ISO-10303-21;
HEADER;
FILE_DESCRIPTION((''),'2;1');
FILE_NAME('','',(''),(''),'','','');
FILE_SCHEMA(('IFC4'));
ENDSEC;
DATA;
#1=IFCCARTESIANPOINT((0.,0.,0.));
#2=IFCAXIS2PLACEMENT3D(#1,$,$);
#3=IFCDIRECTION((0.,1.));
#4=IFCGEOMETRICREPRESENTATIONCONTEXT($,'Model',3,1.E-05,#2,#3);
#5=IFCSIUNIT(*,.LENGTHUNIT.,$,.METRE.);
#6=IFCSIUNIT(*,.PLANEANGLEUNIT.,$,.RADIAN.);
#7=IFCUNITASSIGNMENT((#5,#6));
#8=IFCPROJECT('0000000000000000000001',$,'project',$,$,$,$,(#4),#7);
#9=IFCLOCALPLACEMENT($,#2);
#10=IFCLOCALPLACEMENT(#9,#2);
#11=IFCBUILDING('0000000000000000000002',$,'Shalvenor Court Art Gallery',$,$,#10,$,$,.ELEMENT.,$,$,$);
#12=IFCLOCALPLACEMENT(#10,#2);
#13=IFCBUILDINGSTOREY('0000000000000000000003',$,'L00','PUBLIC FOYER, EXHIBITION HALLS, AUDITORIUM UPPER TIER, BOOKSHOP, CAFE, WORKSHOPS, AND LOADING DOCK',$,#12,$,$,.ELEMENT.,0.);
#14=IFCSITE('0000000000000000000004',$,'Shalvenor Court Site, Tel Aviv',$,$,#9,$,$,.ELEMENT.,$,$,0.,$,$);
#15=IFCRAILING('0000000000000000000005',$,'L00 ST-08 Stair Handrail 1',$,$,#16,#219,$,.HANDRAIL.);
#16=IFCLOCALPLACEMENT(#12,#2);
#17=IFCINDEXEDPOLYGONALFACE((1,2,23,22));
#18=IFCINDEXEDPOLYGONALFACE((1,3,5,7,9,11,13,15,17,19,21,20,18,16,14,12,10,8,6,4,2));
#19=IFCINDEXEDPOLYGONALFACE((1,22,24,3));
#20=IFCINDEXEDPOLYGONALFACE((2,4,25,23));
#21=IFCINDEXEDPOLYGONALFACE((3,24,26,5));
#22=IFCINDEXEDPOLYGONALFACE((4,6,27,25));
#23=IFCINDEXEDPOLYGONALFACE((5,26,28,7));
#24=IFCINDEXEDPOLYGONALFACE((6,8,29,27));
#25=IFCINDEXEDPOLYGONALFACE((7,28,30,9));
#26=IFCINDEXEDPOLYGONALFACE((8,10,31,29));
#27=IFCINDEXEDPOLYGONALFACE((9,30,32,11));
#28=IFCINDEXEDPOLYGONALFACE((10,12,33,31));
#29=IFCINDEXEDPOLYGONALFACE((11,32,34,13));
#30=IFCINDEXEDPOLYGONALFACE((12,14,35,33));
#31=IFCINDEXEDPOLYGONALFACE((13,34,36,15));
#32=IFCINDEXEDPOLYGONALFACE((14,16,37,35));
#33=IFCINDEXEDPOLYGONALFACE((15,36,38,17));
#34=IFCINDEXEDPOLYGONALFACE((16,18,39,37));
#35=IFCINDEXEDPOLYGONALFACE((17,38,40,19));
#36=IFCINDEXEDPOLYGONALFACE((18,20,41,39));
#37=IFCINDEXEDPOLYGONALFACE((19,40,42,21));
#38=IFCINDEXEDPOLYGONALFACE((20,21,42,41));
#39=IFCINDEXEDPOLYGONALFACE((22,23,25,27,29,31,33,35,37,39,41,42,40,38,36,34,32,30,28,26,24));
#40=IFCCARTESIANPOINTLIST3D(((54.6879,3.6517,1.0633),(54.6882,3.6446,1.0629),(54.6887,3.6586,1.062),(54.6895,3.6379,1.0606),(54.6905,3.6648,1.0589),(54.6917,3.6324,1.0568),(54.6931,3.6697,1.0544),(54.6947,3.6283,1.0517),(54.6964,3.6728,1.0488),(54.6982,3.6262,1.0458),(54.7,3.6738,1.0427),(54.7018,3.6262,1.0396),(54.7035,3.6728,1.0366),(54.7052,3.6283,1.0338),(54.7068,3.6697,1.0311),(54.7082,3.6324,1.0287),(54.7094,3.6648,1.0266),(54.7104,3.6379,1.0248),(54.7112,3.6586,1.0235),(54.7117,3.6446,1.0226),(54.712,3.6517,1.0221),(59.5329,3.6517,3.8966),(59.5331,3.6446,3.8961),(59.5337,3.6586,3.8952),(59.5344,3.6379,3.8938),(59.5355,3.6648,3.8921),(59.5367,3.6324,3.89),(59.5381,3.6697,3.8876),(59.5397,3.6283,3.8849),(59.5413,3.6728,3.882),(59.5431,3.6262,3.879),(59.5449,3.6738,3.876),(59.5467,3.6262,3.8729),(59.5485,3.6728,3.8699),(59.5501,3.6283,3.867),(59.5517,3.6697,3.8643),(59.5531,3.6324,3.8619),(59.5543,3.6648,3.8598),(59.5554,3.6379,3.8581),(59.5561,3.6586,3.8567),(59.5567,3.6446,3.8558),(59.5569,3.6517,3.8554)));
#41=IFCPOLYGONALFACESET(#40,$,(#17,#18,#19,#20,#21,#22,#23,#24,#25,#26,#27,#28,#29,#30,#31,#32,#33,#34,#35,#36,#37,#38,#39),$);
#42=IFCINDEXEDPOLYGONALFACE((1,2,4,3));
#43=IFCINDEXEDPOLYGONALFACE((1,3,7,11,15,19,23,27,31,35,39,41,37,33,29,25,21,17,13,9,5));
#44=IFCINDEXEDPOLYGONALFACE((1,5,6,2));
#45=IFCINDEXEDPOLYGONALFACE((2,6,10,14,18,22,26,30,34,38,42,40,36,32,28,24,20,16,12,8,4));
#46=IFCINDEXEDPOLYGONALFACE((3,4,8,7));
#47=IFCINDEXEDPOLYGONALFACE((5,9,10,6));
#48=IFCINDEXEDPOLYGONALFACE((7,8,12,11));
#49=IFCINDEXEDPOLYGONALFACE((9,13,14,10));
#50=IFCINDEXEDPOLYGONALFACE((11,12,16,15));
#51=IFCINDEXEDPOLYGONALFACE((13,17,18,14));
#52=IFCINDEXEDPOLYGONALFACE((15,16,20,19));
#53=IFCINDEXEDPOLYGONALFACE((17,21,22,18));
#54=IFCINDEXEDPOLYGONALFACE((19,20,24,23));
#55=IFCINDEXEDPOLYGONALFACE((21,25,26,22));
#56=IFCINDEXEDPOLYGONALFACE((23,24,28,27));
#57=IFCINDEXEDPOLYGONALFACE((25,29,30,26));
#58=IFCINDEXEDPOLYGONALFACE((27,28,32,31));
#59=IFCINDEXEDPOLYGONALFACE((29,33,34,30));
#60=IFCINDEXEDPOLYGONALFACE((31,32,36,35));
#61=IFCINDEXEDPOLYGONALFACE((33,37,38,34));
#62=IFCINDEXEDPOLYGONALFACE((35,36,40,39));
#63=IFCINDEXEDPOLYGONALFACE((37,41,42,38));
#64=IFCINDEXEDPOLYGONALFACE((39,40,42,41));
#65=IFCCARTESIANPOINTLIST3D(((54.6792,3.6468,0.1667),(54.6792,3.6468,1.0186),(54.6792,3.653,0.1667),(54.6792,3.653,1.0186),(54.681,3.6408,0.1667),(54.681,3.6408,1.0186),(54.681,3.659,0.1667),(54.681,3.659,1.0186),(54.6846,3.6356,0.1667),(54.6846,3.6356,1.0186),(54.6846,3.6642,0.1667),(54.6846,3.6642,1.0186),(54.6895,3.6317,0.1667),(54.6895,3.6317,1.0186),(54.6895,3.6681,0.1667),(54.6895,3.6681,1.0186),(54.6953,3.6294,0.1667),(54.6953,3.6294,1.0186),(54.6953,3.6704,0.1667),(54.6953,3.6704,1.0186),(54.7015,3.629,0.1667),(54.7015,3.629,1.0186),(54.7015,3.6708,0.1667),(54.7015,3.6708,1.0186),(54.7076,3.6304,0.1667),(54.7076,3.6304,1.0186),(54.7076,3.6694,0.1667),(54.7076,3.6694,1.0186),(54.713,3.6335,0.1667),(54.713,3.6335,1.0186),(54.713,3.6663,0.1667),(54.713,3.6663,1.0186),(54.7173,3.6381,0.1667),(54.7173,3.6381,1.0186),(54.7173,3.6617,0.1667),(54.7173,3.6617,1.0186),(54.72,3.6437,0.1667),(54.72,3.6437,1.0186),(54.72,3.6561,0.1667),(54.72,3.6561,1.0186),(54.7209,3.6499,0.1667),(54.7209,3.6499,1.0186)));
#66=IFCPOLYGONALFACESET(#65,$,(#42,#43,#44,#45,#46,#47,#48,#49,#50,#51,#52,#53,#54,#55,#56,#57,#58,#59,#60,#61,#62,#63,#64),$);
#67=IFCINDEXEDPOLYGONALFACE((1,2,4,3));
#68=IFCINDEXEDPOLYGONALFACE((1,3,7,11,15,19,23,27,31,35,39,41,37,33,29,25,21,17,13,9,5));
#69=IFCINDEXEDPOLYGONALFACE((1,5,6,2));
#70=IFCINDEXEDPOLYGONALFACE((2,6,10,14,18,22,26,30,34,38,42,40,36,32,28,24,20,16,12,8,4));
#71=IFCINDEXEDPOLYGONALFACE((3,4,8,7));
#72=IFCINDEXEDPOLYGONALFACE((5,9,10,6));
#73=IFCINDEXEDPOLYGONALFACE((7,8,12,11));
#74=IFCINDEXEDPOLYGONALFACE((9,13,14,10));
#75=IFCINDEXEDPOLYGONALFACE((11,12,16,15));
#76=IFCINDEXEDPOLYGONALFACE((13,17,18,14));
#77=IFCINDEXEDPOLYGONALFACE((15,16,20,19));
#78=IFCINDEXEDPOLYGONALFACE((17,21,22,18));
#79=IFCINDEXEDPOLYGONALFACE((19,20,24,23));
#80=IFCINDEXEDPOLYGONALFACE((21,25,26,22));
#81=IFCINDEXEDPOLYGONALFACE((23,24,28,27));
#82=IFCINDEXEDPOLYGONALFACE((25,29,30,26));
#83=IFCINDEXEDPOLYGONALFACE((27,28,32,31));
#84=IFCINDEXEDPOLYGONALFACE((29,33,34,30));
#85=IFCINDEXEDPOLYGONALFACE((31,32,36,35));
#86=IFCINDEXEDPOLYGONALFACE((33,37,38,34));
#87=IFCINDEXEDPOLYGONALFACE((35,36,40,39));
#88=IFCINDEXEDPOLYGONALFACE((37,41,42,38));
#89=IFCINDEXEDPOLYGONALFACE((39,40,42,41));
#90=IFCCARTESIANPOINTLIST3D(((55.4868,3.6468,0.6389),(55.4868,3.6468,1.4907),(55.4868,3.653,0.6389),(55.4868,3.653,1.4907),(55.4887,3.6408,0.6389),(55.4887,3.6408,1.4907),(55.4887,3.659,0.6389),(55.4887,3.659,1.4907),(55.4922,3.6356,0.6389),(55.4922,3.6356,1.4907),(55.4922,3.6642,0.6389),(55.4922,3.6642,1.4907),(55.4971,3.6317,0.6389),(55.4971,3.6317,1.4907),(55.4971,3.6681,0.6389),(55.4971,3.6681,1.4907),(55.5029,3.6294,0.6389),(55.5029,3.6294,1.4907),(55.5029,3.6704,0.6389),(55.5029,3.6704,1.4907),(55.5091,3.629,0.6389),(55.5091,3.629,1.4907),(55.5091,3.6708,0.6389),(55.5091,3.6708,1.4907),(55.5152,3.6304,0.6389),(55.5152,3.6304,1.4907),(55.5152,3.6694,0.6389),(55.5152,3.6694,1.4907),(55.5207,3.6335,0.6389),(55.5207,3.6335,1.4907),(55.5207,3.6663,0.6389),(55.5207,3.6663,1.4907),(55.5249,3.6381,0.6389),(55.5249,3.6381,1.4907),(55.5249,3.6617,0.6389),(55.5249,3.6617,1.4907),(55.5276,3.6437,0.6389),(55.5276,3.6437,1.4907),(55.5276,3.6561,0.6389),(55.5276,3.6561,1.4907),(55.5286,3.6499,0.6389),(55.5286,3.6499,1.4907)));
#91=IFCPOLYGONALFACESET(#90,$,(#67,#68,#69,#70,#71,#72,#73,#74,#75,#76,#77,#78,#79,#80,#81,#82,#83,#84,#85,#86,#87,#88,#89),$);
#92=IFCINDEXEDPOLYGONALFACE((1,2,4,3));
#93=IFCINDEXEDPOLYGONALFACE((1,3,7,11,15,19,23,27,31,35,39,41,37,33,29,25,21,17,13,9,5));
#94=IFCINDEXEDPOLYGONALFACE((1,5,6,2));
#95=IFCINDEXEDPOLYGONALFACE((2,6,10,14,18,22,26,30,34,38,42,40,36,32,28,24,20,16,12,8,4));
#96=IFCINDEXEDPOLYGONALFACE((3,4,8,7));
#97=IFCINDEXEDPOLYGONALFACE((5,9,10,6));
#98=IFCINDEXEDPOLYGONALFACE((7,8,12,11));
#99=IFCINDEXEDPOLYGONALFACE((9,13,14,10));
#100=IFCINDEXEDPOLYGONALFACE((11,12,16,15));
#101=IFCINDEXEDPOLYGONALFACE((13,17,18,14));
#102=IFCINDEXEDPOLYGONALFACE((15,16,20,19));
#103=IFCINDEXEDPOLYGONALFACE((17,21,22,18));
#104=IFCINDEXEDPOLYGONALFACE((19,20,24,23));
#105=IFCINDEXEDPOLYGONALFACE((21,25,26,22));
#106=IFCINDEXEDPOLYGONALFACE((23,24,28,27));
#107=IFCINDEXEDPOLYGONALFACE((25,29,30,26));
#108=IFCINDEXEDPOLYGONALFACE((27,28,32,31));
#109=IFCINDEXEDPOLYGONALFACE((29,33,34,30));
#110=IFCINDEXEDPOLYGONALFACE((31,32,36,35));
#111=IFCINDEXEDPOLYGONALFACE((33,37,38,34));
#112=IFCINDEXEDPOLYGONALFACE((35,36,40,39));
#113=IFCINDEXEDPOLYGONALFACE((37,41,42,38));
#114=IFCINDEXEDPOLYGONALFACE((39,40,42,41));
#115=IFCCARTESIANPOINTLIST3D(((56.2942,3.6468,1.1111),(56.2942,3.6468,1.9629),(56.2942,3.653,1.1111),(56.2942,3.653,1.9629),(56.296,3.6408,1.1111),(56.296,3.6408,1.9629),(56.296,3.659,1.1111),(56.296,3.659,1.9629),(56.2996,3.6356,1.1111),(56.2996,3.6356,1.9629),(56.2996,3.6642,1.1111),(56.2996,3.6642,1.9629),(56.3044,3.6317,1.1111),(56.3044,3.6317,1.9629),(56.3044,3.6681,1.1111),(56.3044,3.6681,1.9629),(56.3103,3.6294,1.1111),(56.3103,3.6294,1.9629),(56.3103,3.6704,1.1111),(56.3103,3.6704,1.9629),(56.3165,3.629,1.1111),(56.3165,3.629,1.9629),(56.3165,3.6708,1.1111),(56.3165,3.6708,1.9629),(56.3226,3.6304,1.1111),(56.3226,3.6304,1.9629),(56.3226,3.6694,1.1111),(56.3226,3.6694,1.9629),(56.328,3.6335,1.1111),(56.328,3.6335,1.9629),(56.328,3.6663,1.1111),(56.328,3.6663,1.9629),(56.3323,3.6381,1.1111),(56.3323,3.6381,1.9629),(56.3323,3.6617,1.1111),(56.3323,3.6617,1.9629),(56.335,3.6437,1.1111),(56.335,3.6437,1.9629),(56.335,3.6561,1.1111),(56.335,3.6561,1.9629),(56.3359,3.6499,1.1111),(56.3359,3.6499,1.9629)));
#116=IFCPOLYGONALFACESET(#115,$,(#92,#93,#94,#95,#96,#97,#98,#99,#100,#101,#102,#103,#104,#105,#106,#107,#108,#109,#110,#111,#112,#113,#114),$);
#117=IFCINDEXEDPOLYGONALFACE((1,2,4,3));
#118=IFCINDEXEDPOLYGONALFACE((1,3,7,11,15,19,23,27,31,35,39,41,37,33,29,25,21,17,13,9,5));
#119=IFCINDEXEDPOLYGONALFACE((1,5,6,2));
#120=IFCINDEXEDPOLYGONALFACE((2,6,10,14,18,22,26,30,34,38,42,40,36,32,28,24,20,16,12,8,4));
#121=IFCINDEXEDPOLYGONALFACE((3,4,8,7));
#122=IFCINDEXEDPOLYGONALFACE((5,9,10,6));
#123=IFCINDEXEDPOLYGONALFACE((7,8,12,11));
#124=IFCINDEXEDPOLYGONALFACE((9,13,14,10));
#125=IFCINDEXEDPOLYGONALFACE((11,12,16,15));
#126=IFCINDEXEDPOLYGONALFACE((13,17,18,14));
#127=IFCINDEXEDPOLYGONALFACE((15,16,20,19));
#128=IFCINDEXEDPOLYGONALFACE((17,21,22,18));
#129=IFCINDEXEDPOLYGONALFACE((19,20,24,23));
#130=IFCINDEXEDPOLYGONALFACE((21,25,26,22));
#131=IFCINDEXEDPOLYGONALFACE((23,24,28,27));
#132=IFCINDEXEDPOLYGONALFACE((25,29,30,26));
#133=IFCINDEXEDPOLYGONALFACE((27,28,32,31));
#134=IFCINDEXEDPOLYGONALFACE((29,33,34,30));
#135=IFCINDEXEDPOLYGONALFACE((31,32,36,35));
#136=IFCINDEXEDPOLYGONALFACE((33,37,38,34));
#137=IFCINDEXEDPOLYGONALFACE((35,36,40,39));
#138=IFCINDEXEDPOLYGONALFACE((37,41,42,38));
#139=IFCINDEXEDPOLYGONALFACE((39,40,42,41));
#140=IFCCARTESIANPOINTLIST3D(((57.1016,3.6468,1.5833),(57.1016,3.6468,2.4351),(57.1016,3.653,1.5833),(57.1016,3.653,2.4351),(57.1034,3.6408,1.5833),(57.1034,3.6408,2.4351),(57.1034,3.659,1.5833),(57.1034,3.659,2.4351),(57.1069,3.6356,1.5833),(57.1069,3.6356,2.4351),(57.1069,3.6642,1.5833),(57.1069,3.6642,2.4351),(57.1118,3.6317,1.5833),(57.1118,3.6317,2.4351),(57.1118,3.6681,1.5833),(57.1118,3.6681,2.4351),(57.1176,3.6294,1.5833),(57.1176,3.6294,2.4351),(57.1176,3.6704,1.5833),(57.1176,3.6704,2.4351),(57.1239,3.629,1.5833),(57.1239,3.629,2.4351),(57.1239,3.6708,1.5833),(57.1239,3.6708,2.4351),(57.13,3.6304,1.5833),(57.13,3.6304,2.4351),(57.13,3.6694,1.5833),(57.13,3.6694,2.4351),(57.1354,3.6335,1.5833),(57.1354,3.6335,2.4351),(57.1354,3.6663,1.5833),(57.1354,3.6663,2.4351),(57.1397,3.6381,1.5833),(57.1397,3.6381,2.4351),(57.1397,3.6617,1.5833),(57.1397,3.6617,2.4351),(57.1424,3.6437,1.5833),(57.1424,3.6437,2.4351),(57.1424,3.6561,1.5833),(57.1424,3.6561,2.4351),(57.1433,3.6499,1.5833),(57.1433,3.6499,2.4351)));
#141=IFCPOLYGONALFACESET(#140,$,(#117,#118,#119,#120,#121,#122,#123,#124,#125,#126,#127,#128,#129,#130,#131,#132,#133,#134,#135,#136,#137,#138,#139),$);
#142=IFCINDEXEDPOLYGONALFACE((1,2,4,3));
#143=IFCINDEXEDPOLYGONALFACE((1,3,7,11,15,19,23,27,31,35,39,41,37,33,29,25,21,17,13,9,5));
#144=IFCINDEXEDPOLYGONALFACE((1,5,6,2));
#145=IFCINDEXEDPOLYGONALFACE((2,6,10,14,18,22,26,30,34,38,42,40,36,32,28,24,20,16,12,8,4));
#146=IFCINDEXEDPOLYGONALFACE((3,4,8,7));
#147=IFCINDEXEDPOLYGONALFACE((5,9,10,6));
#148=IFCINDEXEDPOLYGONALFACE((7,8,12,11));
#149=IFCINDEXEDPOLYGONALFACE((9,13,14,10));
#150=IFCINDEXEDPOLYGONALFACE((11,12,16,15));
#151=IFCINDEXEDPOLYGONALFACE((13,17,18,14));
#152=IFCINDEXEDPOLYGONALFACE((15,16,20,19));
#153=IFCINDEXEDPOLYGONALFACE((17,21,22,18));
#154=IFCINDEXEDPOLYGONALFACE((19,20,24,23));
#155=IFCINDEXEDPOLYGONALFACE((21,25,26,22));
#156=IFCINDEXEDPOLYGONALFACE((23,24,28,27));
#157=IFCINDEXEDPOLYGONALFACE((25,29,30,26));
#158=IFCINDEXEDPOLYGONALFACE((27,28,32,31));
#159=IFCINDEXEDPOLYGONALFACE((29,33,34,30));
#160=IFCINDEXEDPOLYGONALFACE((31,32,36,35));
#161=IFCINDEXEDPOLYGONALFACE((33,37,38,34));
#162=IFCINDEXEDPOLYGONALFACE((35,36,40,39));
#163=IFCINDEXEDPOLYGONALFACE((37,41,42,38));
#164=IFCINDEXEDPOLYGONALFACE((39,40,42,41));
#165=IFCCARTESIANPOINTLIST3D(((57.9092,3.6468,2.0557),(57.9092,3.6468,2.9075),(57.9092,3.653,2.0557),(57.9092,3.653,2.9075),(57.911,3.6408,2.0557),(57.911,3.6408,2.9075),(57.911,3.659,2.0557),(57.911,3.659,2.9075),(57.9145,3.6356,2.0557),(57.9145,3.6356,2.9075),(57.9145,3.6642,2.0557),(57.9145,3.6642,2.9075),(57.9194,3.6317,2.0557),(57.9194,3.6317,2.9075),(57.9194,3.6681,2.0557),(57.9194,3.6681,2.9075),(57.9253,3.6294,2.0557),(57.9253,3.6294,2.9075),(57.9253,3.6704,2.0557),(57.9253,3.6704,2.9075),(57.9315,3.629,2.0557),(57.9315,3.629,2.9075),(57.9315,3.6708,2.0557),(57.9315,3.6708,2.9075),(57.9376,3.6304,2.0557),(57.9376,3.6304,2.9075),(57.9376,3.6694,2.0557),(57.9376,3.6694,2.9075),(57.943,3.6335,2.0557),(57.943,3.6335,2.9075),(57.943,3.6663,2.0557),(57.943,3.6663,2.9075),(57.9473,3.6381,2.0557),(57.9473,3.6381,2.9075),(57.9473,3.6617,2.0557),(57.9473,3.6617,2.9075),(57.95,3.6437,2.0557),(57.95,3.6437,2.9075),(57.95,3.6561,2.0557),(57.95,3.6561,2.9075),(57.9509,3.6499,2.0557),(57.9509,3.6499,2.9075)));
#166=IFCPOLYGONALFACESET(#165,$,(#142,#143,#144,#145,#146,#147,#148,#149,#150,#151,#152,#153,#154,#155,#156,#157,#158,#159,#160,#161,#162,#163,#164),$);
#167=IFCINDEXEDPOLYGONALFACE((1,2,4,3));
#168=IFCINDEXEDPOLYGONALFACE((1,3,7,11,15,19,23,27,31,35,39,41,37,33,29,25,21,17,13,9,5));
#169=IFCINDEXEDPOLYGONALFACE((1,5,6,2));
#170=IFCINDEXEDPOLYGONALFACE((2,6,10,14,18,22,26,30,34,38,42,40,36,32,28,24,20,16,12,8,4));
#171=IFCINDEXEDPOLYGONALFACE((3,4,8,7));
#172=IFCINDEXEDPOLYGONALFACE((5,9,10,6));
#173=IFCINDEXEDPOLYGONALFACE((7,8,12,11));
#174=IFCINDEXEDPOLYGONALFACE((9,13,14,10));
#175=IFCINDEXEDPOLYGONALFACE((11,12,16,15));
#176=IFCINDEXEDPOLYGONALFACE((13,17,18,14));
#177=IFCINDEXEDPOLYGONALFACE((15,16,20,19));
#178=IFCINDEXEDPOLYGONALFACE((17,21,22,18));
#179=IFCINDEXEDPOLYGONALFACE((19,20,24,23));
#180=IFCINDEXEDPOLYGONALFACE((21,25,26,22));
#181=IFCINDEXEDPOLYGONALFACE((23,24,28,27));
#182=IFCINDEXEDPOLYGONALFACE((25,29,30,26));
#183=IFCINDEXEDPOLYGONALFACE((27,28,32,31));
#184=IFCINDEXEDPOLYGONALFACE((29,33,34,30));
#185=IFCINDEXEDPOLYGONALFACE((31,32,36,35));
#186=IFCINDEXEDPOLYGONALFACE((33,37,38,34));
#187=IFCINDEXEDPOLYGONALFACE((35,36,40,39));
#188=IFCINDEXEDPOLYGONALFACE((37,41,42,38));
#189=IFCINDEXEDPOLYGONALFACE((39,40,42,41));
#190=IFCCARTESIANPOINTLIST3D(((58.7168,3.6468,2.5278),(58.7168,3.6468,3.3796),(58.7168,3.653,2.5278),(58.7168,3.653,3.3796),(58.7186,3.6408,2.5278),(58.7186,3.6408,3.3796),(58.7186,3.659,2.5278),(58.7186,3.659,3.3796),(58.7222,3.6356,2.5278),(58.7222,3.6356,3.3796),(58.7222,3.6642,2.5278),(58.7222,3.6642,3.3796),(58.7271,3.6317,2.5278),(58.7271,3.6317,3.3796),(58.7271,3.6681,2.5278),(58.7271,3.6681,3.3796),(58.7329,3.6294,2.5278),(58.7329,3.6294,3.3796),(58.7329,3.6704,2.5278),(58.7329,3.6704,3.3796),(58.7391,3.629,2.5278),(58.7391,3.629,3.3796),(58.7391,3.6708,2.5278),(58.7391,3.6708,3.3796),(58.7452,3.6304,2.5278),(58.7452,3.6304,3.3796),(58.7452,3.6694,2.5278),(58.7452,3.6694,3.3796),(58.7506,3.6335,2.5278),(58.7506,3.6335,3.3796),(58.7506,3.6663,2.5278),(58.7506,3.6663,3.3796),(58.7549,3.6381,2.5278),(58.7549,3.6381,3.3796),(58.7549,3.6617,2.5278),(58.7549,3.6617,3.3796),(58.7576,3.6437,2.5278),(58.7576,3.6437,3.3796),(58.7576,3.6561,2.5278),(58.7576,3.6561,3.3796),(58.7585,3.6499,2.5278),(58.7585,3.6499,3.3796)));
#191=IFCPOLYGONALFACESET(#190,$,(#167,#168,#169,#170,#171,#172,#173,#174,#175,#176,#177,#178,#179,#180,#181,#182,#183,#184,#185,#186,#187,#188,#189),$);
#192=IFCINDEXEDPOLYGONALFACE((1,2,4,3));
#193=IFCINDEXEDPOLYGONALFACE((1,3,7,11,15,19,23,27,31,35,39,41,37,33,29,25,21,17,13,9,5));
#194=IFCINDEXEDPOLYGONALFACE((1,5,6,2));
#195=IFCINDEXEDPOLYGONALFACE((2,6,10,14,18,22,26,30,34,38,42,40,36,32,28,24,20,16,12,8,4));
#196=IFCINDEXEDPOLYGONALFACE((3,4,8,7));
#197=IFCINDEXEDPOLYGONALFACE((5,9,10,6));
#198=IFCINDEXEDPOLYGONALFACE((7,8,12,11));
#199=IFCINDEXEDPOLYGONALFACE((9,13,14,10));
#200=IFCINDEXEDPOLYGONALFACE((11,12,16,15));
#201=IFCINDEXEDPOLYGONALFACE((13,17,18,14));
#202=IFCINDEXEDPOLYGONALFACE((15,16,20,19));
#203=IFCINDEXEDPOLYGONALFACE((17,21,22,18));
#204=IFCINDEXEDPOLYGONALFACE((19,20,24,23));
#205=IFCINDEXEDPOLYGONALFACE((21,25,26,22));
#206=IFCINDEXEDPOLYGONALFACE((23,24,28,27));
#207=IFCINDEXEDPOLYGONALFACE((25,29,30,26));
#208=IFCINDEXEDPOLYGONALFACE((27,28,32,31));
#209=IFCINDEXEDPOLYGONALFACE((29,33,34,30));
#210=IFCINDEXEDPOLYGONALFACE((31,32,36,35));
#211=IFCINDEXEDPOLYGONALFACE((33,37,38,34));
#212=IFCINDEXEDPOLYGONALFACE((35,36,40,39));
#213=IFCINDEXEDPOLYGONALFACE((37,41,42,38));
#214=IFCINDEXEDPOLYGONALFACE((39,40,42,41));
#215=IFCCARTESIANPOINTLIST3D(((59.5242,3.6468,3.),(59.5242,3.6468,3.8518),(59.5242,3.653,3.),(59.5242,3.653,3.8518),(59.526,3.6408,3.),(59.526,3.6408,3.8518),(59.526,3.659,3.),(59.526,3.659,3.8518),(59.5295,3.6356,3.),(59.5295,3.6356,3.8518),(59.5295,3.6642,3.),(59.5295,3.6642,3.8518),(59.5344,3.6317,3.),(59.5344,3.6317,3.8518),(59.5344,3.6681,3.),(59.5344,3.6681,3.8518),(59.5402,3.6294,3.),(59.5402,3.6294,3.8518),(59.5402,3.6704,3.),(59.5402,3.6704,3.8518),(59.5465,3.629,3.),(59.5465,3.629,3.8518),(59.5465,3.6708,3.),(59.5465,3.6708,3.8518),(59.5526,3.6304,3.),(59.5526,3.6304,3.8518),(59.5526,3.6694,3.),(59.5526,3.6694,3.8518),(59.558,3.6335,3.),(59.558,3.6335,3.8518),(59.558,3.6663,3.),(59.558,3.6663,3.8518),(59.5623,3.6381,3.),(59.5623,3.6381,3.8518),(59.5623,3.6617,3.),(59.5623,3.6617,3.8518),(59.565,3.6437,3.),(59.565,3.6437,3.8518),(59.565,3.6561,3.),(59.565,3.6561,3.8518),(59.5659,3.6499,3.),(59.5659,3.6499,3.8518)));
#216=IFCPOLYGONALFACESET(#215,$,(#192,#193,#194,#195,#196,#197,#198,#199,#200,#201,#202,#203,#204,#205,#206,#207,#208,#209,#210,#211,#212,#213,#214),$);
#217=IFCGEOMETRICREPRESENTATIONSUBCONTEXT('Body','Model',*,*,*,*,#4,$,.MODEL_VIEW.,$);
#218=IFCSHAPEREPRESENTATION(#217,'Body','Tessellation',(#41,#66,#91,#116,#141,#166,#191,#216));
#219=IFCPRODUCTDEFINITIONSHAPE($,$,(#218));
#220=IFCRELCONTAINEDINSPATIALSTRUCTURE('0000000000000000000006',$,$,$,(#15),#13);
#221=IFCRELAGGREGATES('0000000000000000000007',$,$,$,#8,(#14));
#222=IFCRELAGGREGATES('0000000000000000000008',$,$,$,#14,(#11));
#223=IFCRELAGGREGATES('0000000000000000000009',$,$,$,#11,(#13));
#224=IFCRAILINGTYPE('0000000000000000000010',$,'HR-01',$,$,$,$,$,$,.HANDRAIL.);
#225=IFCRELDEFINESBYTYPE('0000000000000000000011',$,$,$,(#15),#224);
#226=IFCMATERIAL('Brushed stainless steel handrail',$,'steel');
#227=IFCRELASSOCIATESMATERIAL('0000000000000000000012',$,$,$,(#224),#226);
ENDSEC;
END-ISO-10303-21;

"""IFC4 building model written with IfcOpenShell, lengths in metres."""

from ifc_helpers import new_model, si_unit, direction, frame, origin, origin_2d, place, context, subcontext, project, spatial, circle, extrude, material, type_object, element, save


model = new_model("IFC4")

# Units and contexts
model_context = context("Model", 3, precision=1e-05, world=origin(), true_north=direction((0.0, 1.0)))
body_context = subcontext(model_context, "Body", "Model", "MODEL_VIEW")
ifc_project = project(units=[si_unit("LENGTHUNIT", "METRE"), si_unit("PLANEANGLEUNIT", "RADIAN")], contexts=[model_context])

# Site, building, storey
site_placement = place(None, origin())
site = spatial("IfcSite", under=ifc_project, at=site_placement, Name="Shalvenor Court Site, Tel Aviv", CompositionType="ELEMENT", RefElevation=0.0)
building_placement = place(site_placement, origin())
building = spatial("IfcBuilding", under=site, at=building_placement, Name="Shalvenor Court Art Gallery", CompositionType="ELEMENT")
storey_placement = place(building_placement, origin())
storey = spatial("IfcBuildingStorey", under=building, at=storey_placement, Name="L00", Description="PUBLIC FOYER, EXHIBITION HALLS, AUDITORIUM UPPER TIER, BOOKSHOP, CAFE, WORKSHOPS, AND LOADING DOCK", CompositionType="ELEMENT", Elevation=0.0)

# Railing
ifc_material_1 = material(Name="Brushed stainless steel handrail", Category="steel")
railing_type_1 = type_object("IfcRailingType", Name="HR-01", PredefinedType="HANDRAIL", material=ifc_material_1)
railing_1_placement = place(storey_placement, frame((54.7, 3.6499, 0.1667)))
element("IfcRailing", 1, at=railing_1_placement, inside=storey, type_object=railing_type_1, Name="L00 ST-08 Stair Handrail 1", PredefinedType="HANDRAIL", context=body_context, shape_type="SweptSolid", body=[
    extrude(circle(Radius=0.0239, at=origin_2d()), frame((0.0, 0.0, 0.876), z_axis=(0.863234, 0.0, 0.504804), x_axis=(0.0, 1.0, 0.0)), (0.0, 0.0, 1.0), 5.6125),
    extrude(circle(Radius=0.021, at=origin_2d()), origin(), (0.0, 0.0, 1.0), 0.8518),
    extrude(circle(Radius=0.021, at=origin_2d()), frame((0.8076, 0.0, 0.4722)), (0.0, 0.0, 1.0), 0.8518),
    extrude(circle(Radius=0.021, at=origin_2d()), frame((1.615, 0.0, 0.9443)), (0.0, 0.0, 1.0), 0.8518),
    extrude(circle(Radius=0.021, at=origin_2d()), frame((2.4224, 0.0, 1.4165)), (0.0, 0.0, 1.0), 0.8518),
    extrude(circle(Radius=0.021, at=origin_2d()), frame((3.23, 0.0, 1.8889)), (0.0, 0.0, 1.0), 0.8518),
    extrude(circle(Radius=0.021, at=origin_2d()), frame((4.0376, 0.0, 2.3611)), (0.0, 0.0, 1.0), 0.8518),
    extrude(circle(Radius=0.021, at=origin_2d()), frame((4.845, 0.0, 2.8333)), (0.0, 0.0, 1.0), 0.8518),
])

save(model, "model.ifc")
